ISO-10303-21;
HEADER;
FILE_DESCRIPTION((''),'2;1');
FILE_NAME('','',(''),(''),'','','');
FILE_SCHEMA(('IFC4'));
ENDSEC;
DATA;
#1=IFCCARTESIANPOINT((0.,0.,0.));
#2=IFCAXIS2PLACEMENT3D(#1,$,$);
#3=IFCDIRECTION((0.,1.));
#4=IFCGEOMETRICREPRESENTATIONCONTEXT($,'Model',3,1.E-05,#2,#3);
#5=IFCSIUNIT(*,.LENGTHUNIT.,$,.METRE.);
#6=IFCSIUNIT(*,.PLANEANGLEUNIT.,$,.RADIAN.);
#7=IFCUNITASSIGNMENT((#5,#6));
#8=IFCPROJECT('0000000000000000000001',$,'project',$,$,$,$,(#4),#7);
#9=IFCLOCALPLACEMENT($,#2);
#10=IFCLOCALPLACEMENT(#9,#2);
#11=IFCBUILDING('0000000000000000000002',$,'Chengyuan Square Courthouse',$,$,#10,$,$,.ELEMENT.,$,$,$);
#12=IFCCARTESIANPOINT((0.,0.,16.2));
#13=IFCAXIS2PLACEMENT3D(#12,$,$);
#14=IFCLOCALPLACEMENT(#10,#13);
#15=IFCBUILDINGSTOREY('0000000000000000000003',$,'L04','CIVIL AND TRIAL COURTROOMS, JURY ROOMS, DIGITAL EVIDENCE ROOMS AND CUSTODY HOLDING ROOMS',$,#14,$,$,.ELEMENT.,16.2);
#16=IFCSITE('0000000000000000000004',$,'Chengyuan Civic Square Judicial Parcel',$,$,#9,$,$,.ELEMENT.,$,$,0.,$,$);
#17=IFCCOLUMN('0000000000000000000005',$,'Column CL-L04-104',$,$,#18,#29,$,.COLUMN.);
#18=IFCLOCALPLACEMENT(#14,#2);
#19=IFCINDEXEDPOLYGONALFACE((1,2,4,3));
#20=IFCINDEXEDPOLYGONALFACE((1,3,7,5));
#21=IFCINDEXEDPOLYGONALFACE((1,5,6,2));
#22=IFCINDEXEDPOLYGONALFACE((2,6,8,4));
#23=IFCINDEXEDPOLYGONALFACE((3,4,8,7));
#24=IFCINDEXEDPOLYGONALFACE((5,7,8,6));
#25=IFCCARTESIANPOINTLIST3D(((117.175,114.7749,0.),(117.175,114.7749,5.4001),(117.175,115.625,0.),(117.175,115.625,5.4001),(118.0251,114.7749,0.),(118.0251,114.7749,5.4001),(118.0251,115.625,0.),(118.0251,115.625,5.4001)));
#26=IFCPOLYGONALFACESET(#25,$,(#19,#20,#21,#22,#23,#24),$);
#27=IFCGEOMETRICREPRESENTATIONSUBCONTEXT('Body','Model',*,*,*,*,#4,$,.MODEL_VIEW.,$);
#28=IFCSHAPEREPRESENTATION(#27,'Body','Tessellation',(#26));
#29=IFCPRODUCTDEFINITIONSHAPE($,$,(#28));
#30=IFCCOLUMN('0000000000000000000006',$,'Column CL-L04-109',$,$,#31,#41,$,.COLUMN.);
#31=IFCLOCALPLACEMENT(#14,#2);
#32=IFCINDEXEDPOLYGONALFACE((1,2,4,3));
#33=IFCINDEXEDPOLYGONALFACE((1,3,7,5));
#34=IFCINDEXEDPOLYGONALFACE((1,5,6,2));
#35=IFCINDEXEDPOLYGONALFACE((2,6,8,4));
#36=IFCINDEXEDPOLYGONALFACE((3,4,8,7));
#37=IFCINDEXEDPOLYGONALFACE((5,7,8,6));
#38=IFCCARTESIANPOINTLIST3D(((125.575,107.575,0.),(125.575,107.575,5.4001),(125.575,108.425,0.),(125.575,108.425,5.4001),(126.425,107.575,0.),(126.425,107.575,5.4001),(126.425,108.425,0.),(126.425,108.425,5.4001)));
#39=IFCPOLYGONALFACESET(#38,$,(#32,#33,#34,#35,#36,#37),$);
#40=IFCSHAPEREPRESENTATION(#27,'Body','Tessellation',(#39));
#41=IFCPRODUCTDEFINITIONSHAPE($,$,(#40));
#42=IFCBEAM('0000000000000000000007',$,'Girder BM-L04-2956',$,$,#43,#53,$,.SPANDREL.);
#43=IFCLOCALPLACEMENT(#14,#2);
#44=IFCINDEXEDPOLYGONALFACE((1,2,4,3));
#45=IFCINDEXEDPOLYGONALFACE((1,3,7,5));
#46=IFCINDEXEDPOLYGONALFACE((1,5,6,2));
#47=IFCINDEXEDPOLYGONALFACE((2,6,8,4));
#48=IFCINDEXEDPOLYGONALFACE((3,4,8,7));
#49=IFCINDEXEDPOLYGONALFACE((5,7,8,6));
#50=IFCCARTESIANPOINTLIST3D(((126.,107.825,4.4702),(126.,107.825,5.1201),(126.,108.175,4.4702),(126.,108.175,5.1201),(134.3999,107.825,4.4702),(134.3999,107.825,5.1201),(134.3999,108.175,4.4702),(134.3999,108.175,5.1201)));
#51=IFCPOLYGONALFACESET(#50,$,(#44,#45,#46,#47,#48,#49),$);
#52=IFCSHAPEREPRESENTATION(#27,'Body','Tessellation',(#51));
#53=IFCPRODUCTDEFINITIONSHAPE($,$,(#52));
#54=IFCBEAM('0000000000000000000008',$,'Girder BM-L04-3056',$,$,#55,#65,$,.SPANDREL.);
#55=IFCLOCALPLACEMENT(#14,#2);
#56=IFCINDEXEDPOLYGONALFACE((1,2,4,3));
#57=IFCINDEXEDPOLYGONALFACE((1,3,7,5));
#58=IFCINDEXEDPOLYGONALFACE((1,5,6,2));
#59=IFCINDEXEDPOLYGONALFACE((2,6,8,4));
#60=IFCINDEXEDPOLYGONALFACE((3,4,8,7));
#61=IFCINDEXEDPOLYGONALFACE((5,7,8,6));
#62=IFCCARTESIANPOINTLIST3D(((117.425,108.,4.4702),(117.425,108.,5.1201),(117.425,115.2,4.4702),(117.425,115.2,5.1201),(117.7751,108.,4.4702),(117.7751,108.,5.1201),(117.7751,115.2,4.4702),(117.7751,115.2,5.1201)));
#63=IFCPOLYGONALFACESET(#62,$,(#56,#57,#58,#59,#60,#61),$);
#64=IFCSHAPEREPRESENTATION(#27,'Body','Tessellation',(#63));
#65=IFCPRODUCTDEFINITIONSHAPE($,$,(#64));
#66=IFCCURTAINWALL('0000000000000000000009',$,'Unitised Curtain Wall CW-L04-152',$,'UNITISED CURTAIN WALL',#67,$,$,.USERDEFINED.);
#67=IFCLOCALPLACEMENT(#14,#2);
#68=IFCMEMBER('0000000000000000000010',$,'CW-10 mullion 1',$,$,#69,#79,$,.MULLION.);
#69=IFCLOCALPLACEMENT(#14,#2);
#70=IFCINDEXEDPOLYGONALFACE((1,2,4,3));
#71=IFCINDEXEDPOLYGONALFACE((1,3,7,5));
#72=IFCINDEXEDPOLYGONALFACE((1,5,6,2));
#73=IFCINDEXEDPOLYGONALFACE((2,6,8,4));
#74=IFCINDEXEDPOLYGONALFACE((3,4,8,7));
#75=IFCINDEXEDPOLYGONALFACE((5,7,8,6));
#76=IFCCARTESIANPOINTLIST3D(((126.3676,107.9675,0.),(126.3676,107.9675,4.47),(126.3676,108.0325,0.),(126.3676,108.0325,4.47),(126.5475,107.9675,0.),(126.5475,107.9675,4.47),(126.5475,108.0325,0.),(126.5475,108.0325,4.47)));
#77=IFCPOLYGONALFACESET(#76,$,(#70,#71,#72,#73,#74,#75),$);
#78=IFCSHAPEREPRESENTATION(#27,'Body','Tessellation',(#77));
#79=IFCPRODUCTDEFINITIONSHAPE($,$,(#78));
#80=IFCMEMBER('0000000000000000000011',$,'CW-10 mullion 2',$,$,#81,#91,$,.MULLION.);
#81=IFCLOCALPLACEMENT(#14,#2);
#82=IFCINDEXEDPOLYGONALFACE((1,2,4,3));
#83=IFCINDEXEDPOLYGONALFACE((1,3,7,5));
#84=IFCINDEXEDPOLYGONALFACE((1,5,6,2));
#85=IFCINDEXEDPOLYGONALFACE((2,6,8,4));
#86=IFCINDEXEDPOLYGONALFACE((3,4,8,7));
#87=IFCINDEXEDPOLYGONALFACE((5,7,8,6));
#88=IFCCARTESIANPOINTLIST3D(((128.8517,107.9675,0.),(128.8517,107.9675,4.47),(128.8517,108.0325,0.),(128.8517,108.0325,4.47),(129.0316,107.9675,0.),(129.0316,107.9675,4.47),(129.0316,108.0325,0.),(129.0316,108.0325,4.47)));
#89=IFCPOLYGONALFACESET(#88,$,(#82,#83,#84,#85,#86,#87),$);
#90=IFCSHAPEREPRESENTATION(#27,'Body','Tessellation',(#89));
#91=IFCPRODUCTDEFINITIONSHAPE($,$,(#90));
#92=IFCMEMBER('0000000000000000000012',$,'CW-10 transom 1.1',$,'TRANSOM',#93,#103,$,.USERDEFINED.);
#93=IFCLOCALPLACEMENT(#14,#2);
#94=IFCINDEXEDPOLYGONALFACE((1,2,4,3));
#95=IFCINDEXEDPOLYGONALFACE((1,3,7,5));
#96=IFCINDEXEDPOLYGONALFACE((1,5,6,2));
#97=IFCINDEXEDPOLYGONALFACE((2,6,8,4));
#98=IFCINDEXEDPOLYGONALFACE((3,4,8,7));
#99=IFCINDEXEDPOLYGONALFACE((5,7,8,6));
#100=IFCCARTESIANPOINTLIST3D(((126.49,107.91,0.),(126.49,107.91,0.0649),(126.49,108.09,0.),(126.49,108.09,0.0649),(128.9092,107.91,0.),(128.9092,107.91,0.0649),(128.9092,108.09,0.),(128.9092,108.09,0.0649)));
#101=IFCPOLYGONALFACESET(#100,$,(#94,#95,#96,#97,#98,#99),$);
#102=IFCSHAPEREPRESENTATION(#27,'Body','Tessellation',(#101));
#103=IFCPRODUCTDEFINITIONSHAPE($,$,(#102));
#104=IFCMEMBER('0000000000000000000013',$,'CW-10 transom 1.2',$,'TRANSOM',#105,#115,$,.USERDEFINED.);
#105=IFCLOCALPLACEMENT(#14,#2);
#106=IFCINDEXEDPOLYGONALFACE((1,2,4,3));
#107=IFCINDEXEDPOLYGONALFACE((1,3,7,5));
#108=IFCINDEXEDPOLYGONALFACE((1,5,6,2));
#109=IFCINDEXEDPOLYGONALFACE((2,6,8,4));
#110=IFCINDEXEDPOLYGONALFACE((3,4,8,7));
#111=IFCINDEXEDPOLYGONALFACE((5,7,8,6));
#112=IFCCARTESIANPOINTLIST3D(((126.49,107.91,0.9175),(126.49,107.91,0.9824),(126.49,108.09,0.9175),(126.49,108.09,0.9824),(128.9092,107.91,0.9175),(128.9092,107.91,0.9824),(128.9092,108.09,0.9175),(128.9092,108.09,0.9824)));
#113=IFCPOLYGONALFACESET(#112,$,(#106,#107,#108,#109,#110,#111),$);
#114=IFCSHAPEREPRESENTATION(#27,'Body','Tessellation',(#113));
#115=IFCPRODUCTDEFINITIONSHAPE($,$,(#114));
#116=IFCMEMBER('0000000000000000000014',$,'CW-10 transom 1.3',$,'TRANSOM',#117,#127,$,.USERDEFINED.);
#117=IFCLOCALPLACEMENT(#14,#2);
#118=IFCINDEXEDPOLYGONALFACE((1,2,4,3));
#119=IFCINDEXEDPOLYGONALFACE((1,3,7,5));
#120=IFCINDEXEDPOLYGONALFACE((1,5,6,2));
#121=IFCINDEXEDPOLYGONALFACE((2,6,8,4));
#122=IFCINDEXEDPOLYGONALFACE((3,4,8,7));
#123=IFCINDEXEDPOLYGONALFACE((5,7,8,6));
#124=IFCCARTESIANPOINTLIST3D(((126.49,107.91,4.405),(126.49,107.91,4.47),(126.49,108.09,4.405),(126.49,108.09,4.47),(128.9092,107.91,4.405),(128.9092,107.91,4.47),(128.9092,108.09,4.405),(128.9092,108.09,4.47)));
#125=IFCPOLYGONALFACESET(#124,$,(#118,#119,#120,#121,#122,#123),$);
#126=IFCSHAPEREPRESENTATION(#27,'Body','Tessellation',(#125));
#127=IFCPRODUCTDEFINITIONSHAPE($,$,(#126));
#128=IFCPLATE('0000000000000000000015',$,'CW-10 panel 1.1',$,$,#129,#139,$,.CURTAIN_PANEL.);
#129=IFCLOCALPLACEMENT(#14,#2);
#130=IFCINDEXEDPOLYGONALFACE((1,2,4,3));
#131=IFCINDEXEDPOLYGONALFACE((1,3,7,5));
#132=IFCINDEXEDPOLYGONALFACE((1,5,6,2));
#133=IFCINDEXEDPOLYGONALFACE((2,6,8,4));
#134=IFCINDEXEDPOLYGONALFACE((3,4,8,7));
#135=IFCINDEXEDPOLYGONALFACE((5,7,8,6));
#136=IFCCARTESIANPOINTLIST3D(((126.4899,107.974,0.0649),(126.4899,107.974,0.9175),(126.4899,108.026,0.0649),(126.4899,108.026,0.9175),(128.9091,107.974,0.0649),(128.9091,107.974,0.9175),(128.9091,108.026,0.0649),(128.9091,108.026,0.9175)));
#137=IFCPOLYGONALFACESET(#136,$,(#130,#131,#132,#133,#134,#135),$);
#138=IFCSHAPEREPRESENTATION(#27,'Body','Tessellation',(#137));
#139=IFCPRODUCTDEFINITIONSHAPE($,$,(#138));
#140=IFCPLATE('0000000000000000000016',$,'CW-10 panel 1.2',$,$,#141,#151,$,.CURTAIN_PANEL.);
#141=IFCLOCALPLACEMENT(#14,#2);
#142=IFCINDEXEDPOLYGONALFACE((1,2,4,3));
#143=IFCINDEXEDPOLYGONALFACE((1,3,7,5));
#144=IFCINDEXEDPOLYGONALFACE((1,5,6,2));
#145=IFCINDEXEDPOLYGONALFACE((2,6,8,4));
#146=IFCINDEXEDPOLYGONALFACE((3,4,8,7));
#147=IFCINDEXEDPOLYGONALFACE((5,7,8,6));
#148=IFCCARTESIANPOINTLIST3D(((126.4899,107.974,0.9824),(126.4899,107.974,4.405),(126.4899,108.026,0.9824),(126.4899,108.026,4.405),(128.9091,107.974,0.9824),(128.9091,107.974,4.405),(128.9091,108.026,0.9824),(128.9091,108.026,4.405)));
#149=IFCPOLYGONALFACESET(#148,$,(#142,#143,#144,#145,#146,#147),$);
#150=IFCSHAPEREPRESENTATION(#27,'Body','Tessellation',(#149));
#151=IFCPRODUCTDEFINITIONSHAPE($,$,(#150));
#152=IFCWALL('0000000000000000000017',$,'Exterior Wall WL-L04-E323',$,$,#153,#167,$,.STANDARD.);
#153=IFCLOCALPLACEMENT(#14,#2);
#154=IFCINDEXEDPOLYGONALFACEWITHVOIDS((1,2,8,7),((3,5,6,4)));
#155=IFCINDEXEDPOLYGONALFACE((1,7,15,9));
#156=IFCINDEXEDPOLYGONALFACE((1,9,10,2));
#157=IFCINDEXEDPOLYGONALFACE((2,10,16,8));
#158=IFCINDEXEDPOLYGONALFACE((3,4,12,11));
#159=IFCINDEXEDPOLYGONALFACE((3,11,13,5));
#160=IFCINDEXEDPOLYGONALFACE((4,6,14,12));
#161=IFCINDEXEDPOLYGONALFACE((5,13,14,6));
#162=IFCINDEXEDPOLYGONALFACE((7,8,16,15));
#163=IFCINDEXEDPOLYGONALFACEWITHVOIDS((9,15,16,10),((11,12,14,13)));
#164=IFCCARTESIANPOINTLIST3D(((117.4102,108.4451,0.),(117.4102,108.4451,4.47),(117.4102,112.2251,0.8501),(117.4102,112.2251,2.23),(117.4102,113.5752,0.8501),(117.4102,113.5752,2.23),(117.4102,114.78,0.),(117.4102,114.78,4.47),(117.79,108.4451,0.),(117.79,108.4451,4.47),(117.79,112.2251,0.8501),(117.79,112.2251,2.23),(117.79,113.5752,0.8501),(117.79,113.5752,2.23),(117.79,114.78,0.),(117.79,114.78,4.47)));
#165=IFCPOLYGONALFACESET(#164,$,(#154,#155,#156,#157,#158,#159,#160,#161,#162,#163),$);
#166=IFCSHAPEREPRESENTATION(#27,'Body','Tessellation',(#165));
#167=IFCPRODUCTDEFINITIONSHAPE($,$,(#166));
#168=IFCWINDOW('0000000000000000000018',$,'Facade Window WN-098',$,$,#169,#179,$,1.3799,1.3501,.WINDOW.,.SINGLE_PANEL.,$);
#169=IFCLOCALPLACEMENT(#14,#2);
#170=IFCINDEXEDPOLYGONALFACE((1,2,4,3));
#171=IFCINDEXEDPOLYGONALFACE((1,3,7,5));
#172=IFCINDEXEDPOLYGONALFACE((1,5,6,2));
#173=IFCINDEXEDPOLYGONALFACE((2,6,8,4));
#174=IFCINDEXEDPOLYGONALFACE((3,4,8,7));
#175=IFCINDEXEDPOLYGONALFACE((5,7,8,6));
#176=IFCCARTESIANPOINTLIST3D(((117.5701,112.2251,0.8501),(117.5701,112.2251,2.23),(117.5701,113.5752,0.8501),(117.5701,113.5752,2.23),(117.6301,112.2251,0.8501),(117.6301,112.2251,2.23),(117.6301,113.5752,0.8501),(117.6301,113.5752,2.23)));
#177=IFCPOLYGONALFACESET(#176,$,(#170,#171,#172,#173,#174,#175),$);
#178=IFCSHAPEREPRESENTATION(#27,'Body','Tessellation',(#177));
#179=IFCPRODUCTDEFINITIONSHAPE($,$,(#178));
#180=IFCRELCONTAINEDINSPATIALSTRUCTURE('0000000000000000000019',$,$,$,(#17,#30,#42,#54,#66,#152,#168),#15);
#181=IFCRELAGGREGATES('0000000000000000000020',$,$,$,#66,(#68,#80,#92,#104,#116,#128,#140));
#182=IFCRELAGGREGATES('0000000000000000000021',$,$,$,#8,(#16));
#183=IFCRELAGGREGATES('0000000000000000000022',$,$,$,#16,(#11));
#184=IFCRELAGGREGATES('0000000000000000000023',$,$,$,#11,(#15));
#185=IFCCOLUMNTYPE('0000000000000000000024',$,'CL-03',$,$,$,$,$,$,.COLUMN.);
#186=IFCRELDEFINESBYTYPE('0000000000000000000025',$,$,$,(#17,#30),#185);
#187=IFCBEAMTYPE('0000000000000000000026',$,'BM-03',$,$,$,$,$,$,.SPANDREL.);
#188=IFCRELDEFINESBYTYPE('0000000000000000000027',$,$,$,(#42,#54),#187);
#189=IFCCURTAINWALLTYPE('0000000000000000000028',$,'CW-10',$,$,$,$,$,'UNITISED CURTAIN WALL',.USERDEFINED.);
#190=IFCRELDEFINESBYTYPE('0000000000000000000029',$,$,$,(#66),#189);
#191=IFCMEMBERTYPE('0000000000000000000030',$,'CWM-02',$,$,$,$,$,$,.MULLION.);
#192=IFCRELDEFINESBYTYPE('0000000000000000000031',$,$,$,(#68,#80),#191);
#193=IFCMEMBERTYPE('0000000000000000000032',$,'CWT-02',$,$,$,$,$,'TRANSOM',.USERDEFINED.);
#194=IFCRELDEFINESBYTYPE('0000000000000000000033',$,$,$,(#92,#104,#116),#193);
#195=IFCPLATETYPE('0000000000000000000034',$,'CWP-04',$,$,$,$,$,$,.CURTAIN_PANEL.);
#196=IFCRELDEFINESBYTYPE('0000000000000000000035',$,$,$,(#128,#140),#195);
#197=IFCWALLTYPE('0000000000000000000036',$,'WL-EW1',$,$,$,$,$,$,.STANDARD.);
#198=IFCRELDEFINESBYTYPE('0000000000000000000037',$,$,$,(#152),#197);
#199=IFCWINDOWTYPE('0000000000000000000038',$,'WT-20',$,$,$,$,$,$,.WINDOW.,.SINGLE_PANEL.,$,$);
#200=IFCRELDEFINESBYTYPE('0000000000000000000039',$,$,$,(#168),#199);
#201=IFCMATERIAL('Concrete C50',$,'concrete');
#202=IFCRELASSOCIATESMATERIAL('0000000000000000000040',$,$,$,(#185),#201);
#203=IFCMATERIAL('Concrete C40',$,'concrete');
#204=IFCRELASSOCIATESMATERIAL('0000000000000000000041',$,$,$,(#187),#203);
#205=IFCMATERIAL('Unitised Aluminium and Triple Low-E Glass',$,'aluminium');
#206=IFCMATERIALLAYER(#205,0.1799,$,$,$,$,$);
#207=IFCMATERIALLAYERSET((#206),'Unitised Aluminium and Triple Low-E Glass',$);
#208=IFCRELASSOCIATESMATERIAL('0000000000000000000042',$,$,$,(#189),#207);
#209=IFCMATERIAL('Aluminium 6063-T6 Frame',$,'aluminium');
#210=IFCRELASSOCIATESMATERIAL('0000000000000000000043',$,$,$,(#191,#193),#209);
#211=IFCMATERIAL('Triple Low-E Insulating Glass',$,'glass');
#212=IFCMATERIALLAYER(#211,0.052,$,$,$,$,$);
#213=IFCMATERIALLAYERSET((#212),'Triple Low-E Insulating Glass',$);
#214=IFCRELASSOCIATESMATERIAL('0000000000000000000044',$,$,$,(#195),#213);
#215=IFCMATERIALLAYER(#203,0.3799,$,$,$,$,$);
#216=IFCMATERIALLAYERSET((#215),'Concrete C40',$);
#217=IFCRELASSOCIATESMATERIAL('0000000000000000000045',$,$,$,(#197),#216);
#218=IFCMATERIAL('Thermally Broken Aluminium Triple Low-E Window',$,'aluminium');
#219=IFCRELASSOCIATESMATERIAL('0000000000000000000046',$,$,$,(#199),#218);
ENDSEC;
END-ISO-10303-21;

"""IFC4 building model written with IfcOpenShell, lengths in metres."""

from ifc_helpers import new_model, si_unit, direction, frame, frame_2d, origin, origin_2d, place, context, subcontext, project, spatial, rectangle, extrude, material, layer, layer_set, material_profile, profile_set, type_object, element, fill, aggregate, save


model = new_model("IFC4")

# Units and contexts
model_context = context("Model", 3, precision=1e-05, world=origin(), true_north=direction((0.0, 1.0)))
body_context = subcontext(model_context, "Body", "Model", "MODEL_VIEW")
ifc_project = project(units=[si_unit("LENGTHUNIT", "METRE"), si_unit("PLANEANGLEUNIT", "RADIAN")], contexts=[model_context])

# Site, building, storey
site_placement = place(None, origin())
site = spatial("IfcSite", under=ifc_project, at=site_placement, Name="Chengyuan Civic Square Judicial Parcel", CompositionType="ELEMENT", RefElevation=0.0)
building_placement = place(site_placement, origin())
building = spatial("IfcBuilding", under=site, at=building_placement, Name="Chengyuan Square Courthouse", CompositionType="ELEMENT")
storey_placement = place(building_placement, frame((0.0, 0.0, 16.2)))
storey = spatial("IfcBuildingStorey", under=building, at=storey_placement, Name="L04", Description="CIVIL AND TRIAL COURTROOMS, JURY ROOMS, DIGITAL EVIDENCE ROOMS AND CUSTODY HOLDING ROOMS", CompositionType="ELEMENT", Elevation=16.2)

# Columns
ifc_material_1 = material(Name="Concrete C50", Category="concrete")
ifc_material_profile_1 = material_profile(ifc_material_1, rectangle(XDim=0.8501, YDim=0.8501, at=origin_2d()), Name="RC-COL-850x850")
ifc_profile_set_1 = profile_set([ifc_material_profile_1], Name="Concrete C50")
column_type = type_object("IfcColumnType", Name="CL-03", PredefinedType="COLUMN", material=ifc_profile_set_1)
for number, where, z_axis, x_axis, name in (
    (1, (117.6001, 115.2, 0.0), (0.0, 0.0, 1.0), (1.0, 0.0, 0.0), "Column CL-L04-104"),
    (2, (126.0, 108.0, 0.0), (0.0, 0.0, 1.0), (1.0, 0.0, 0.0), "Column CL-L04-109"),
):
    element("IfcColumn", number, at=place(storey_placement, frame(where, z_axis=z_axis, x_axis=x_axis)), inside=storey, type_object=column_type, Name=name, PredefinedType="COLUMN", context=body_context, shape_type="SweptSolid", body=[
        extrude(rectangle(XDim=0.8501, YDim=0.8501, at=origin_2d()), origin(), (0.0, 0.0, 1.0), 5.4001),
    ])

# Beams
ifc_material_2 = material(Name="Concrete C40", Category="concrete")
ifc_material_profile_2 = material_profile(ifc_material_2, rectangle(XDim=0.3501, YDim=0.6499, at=origin_2d()), Name="RC-BM-350x650")
ifc_profile_set_2 = profile_set([ifc_material_profile_2], Name="Concrete C40")
beam_type = type_object("IfcBeamType", Name="BM-03", PredefinedType="SPANDREL", material=ifc_profile_set_2)
beam_1_placement = place(storey_placement, frame((126.0, 108.0, 4.7952), z_axis=(1.0, 0.0, 0.0), x_axis=(0.0, 1.0, 0.0)))
element("IfcBeam", 3, at=beam_1_placement, inside=storey, type_object=beam_type, Name="Girder BM-L04-2956", PredefinedType="SPANDREL", context=body_context, shape_type="SweptSolid", body=[
    extrude(rectangle(XDim=0.3501, YDim=0.6499, at=origin_2d()), origin(), (0.0, 0.0, 1.0), 8.3999),
])
beam_2_placement = place(storey_placement, frame((117.6001, 108.0, 4.7952), z_axis=(0.0, 1.0, 0.0), x_axis=(-1.0, 0.0, 0.0)))
element("IfcBeam", 4, at=beam_2_placement, inside=storey, type_object=beam_type, Name="Girder BM-L04-3056", PredefinedType="SPANDREL", context=body_context, shape_type="SweptSolid", body=[
    extrude(rectangle(XDim=0.3501, YDim=0.6499, at=origin_2d()), origin(), (0.0, 0.0, 1.0), 7.2),
])

# Curtain wall, members, plates
ifc_material_3 = material(Name="Unitised Aluminium and Triple Low-E Glass", Category="aluminium")
ifc_layer_1 = layer(ifc_material_3, 0.1799)
ifc_layer_set_1 = layer_set([ifc_layer_1], Name="Unitised Aluminium and Triple Low-E Glass")
curtain_wall_type = type_object("IfcCurtainWallType", Name="CW-10", ElementType="UNITISED CURTAIN WALL", PredefinedType="USERDEFINED", material=ifc_layer_set_1)
curtain_wall_placement = place(storey_placement, origin())
curtain_wall = element("IfcCurtainWall", 5, at=curtain_wall_placement, inside=storey, type_object=curtain_wall_type, Name="Unitised Curtain Wall CW-L04-152", ObjectType="UNITISED CURTAIN WALL", PredefinedType="USERDEFINED")
ifc_material_4 = material(Name="Aluminium 6063-T6 Frame", Category="aluminium")
ifc_material_profile_3 = material_profile(ifc_material_4, rectangle(XDim=0.0649, YDim=0.1799, at=origin_2d()), Name="CW-MUL-65x180")
ifc_profile_set_3 = profile_set([ifc_material_profile_3], Name="Aluminium 6063-T6 Frame")
member_type_1 = type_object("IfcMemberType", Name="CWM-02", PredefinedType="MULLION", material=ifc_profile_set_3)
member_1_placement = place(storey_placement, frame((126.4575, 108.0, 0.0), z_axis=(0.0, 0.0, 1.0), x_axis=(0.0, 1.0, 0.0)))
member_1 = element("IfcMember", 6, at=member_1_placement, type_object=member_type_1, Name="CW-10 mullion 1", PredefinedType="MULLION", context=body_context, shape_type="SweptSolid", body=[
    extrude(rectangle(XDim=0.0649, YDim=0.1799, at=origin_2d()), origin(), (0.0, 0.0, 1.0), 4.47),
])
member_2_placement = place(storey_placement, frame((128.9417, 108.0, 0.0), z_axis=(0.0, 0.0, 1.0), x_axis=(0.0, 1.0, 0.0)))
member_2 = element("IfcMember", 7, at=member_2_placement, type_object=member_type_1, Name="CW-10 mullion 2", PredefinedType="MULLION", context=body_context, shape_type="SweptSolid", body=[
    extrude(rectangle(XDim=0.0649, YDim=0.1799, at=origin_2d()), origin(), (0.0, 0.0, 1.0), 4.47),
])
ifc_material_profile_4 = material_profile(ifc_material_4, rectangle(XDim=0.1799, YDim=0.0649, at=origin_2d()), Name="CW-TRN-65x140")
ifc_profile_set_4 = profile_set([ifc_material_profile_4], Name="Aluminium 6063-T6 Frame")
member_type_2 = type_object("IfcMemberType", Name="CWT-02", ElementType="TRANSOM", PredefinedType="USERDEFINED", material=ifc_profile_set_4)
member_3_placement = place(storey_placement, frame((126.49, 108.0, 0.0325), z_axis=(1.0, 0.0, 0.0), x_axis=(0.0, 1.0, 0.0)))
member_3 = element("IfcMember", 8, at=member_3_placement, type_object=member_type_2, Name="CW-10 transom 1.1", ObjectType="TRANSOM", PredefinedType="USERDEFINED", context=body_context, shape_type="SweptSolid", body=[
    extrude(rectangle(XDim=0.1799, YDim=0.0649, at=origin_2d()), origin(), (0.0, 0.0, 1.0), 2.4192),
])
member_4_placement = place(storey_placement, frame((126.49, 108.0, 0.95), z_axis=(1.0, 0.0, 0.0), x_axis=(0.0, 1.0, 0.0)))
member_4 = element("IfcMember", 9, at=member_4_placement, type_object=member_type_2, Name="CW-10 transom 1.2", ObjectType="TRANSOM", PredefinedType="USERDEFINED", context=body_context, shape_type="SweptSolid", body=[
    extrude(rectangle(XDim=0.1799, YDim=0.0649, at=origin_2d()), origin(), (0.0, 0.0, 1.0), 2.4192),
])
member_5_placement = place(storey_placement, frame((126.49, 108.0, 4.4375), z_axis=(1.0, 0.0, 0.0), x_axis=(0.0, 1.0, 0.0)))
member_5 = element("IfcMember", 10, at=member_5_placement, type_object=member_type_2, Name="CW-10 transom 1.3", ObjectType="TRANSOM", PredefinedType="USERDEFINED", context=body_context, shape_type="SweptSolid", body=[
    extrude(rectangle(XDim=0.1799, YDim=0.0649, at=origin_2d()), origin(), (0.0, 0.0, 1.0), 2.4192),
])
ifc_material_5 = material(Name="Triple Low-E Insulating Glass", Category="glass")
ifc_layer_2 = layer(ifc_material_5, 0.052)
ifc_layer_set_2 = layer_set([ifc_layer_2], Name="Triple Low-E Insulating Glass")
plate_type = type_object("IfcPlateType", Name="CWP-04", PredefinedType="CURTAIN_PANEL", material=ifc_layer_set_2)
plate_1_placement = place(storey_placement, frame((127.6995, 108.0, 0.0649), z_axis=(0.0, 0.0, 1.0), x_axis=(1.0, 0.0, 0.0)))
plate_1 = element("IfcPlate", 11, at=plate_1_placement, type_object=plate_type, Name="CW-10 panel 1.1", PredefinedType="CURTAIN_PANEL", context=body_context, shape_type="SweptSolid", body=[
    extrude(rectangle(XDim=2.4192, YDim=0.052, at=origin_2d()), origin(), (0.0, 0.0, 1.0), 0.8525),
])
plate_2_placement = place(storey_placement, frame((127.6995, 108.0, 0.9824), z_axis=(0.0, 0.0, 1.0), x_axis=(1.0, 0.0, 0.0)))
plate_2 = element("IfcPlate", 12, at=plate_2_placement, type_object=plate_type, Name="CW-10 panel 1.2", PredefinedType="CURTAIN_PANEL", context=body_context, shape_type="SweptSolid", body=[
    extrude(rectangle(XDim=2.4192, YDim=0.052, at=origin_2d()), origin(), (0.0, 0.0, 1.0), 3.4226),
])
aggregate(curtain_wall, [member_1, member_2, member_3, member_4, member_5, plate_1, plate_2])

# Wall, opening, window
ifc_layer_3 = layer(ifc_material_2, 0.3799)
ifc_layer_set_3 = layer_set([ifc_layer_3], Name="Concrete C40")
wall_type = type_object("IfcWallType", Name="WL-EW1", PredefinedType="STANDARD", material=ifc_layer_set_3)
wall_1_placement = place(storey_placement, frame((117.6001, 108.4451, 0.0), z_axis=(0.0, 0.0, 1.0), x_axis=(0.0, 1.0, 0.0)))
wall_1 = element("IfcWall", 13, at=wall_1_placement, inside=storey, type_object=wall_type, Name="Exterior Wall WL-L04-E323", PredefinedType="STANDARD", context=body_context, shape_type="SweptSolid", body=[
    extrude(rectangle(XDim=6.335, YDim=0.3799, at=frame_2d((3.1675, 0.0))), origin(), (0.0, 0.0, 1.0), 4.47),
])
opening_placement = place(wall_1_placement, frame((3.78, 0.0, 0.8501)))
opening = element("IfcOpeningElement", 14, at=opening_placement, cuts=wall_1, PredefinedType="OPENING", context=body_context, shape_type="SweptSolid", body=[
    extrude(rectangle(XDim=1.3501, YDim=1.3799, at=frame_2d((0.675, 0.6899))), frame((0.0, 0.2019, 0.0), z_axis=(0.0, -1.0, 0.0), x_axis=(1.0, 0.0, 0.0)), (0.0, 0.0, 1.0), 0.4038),
])
ifc_material_6 = material(Name="Thermally Broken Aluminium Triple Low-E Window", Category="aluminium")
window_type = type_object("IfcWindowType", Name="WT-20", PartitioningType="SINGLE_PANEL", PredefinedType="WINDOW", material=ifc_material_6)
window_placement = place(opening_placement, origin())
window = element("IfcWindow", 15, at=window_placement, inside=storey, type_object=window_type, Name="Facade Window WN-098", OverallHeight=1.3799, OverallWidth=1.3501, PartitioningType="SINGLE_PANEL", PredefinedType="WINDOW", context=body_context, shape_type="SweptSolid", body=[
    extrude(rectangle(XDim=1.3501, YDim=1.3799, at=frame_2d((0.675, 0.6899))), frame((0.0, 0.03, 0.0), z_axis=(0.0, -1.0, 0.0), x_axis=(1.0, 0.0, 0.0)), (0.0, 0.0, 1.0), 0.0601),
])
fill(opening, window)

save(model, "model.ifc")
